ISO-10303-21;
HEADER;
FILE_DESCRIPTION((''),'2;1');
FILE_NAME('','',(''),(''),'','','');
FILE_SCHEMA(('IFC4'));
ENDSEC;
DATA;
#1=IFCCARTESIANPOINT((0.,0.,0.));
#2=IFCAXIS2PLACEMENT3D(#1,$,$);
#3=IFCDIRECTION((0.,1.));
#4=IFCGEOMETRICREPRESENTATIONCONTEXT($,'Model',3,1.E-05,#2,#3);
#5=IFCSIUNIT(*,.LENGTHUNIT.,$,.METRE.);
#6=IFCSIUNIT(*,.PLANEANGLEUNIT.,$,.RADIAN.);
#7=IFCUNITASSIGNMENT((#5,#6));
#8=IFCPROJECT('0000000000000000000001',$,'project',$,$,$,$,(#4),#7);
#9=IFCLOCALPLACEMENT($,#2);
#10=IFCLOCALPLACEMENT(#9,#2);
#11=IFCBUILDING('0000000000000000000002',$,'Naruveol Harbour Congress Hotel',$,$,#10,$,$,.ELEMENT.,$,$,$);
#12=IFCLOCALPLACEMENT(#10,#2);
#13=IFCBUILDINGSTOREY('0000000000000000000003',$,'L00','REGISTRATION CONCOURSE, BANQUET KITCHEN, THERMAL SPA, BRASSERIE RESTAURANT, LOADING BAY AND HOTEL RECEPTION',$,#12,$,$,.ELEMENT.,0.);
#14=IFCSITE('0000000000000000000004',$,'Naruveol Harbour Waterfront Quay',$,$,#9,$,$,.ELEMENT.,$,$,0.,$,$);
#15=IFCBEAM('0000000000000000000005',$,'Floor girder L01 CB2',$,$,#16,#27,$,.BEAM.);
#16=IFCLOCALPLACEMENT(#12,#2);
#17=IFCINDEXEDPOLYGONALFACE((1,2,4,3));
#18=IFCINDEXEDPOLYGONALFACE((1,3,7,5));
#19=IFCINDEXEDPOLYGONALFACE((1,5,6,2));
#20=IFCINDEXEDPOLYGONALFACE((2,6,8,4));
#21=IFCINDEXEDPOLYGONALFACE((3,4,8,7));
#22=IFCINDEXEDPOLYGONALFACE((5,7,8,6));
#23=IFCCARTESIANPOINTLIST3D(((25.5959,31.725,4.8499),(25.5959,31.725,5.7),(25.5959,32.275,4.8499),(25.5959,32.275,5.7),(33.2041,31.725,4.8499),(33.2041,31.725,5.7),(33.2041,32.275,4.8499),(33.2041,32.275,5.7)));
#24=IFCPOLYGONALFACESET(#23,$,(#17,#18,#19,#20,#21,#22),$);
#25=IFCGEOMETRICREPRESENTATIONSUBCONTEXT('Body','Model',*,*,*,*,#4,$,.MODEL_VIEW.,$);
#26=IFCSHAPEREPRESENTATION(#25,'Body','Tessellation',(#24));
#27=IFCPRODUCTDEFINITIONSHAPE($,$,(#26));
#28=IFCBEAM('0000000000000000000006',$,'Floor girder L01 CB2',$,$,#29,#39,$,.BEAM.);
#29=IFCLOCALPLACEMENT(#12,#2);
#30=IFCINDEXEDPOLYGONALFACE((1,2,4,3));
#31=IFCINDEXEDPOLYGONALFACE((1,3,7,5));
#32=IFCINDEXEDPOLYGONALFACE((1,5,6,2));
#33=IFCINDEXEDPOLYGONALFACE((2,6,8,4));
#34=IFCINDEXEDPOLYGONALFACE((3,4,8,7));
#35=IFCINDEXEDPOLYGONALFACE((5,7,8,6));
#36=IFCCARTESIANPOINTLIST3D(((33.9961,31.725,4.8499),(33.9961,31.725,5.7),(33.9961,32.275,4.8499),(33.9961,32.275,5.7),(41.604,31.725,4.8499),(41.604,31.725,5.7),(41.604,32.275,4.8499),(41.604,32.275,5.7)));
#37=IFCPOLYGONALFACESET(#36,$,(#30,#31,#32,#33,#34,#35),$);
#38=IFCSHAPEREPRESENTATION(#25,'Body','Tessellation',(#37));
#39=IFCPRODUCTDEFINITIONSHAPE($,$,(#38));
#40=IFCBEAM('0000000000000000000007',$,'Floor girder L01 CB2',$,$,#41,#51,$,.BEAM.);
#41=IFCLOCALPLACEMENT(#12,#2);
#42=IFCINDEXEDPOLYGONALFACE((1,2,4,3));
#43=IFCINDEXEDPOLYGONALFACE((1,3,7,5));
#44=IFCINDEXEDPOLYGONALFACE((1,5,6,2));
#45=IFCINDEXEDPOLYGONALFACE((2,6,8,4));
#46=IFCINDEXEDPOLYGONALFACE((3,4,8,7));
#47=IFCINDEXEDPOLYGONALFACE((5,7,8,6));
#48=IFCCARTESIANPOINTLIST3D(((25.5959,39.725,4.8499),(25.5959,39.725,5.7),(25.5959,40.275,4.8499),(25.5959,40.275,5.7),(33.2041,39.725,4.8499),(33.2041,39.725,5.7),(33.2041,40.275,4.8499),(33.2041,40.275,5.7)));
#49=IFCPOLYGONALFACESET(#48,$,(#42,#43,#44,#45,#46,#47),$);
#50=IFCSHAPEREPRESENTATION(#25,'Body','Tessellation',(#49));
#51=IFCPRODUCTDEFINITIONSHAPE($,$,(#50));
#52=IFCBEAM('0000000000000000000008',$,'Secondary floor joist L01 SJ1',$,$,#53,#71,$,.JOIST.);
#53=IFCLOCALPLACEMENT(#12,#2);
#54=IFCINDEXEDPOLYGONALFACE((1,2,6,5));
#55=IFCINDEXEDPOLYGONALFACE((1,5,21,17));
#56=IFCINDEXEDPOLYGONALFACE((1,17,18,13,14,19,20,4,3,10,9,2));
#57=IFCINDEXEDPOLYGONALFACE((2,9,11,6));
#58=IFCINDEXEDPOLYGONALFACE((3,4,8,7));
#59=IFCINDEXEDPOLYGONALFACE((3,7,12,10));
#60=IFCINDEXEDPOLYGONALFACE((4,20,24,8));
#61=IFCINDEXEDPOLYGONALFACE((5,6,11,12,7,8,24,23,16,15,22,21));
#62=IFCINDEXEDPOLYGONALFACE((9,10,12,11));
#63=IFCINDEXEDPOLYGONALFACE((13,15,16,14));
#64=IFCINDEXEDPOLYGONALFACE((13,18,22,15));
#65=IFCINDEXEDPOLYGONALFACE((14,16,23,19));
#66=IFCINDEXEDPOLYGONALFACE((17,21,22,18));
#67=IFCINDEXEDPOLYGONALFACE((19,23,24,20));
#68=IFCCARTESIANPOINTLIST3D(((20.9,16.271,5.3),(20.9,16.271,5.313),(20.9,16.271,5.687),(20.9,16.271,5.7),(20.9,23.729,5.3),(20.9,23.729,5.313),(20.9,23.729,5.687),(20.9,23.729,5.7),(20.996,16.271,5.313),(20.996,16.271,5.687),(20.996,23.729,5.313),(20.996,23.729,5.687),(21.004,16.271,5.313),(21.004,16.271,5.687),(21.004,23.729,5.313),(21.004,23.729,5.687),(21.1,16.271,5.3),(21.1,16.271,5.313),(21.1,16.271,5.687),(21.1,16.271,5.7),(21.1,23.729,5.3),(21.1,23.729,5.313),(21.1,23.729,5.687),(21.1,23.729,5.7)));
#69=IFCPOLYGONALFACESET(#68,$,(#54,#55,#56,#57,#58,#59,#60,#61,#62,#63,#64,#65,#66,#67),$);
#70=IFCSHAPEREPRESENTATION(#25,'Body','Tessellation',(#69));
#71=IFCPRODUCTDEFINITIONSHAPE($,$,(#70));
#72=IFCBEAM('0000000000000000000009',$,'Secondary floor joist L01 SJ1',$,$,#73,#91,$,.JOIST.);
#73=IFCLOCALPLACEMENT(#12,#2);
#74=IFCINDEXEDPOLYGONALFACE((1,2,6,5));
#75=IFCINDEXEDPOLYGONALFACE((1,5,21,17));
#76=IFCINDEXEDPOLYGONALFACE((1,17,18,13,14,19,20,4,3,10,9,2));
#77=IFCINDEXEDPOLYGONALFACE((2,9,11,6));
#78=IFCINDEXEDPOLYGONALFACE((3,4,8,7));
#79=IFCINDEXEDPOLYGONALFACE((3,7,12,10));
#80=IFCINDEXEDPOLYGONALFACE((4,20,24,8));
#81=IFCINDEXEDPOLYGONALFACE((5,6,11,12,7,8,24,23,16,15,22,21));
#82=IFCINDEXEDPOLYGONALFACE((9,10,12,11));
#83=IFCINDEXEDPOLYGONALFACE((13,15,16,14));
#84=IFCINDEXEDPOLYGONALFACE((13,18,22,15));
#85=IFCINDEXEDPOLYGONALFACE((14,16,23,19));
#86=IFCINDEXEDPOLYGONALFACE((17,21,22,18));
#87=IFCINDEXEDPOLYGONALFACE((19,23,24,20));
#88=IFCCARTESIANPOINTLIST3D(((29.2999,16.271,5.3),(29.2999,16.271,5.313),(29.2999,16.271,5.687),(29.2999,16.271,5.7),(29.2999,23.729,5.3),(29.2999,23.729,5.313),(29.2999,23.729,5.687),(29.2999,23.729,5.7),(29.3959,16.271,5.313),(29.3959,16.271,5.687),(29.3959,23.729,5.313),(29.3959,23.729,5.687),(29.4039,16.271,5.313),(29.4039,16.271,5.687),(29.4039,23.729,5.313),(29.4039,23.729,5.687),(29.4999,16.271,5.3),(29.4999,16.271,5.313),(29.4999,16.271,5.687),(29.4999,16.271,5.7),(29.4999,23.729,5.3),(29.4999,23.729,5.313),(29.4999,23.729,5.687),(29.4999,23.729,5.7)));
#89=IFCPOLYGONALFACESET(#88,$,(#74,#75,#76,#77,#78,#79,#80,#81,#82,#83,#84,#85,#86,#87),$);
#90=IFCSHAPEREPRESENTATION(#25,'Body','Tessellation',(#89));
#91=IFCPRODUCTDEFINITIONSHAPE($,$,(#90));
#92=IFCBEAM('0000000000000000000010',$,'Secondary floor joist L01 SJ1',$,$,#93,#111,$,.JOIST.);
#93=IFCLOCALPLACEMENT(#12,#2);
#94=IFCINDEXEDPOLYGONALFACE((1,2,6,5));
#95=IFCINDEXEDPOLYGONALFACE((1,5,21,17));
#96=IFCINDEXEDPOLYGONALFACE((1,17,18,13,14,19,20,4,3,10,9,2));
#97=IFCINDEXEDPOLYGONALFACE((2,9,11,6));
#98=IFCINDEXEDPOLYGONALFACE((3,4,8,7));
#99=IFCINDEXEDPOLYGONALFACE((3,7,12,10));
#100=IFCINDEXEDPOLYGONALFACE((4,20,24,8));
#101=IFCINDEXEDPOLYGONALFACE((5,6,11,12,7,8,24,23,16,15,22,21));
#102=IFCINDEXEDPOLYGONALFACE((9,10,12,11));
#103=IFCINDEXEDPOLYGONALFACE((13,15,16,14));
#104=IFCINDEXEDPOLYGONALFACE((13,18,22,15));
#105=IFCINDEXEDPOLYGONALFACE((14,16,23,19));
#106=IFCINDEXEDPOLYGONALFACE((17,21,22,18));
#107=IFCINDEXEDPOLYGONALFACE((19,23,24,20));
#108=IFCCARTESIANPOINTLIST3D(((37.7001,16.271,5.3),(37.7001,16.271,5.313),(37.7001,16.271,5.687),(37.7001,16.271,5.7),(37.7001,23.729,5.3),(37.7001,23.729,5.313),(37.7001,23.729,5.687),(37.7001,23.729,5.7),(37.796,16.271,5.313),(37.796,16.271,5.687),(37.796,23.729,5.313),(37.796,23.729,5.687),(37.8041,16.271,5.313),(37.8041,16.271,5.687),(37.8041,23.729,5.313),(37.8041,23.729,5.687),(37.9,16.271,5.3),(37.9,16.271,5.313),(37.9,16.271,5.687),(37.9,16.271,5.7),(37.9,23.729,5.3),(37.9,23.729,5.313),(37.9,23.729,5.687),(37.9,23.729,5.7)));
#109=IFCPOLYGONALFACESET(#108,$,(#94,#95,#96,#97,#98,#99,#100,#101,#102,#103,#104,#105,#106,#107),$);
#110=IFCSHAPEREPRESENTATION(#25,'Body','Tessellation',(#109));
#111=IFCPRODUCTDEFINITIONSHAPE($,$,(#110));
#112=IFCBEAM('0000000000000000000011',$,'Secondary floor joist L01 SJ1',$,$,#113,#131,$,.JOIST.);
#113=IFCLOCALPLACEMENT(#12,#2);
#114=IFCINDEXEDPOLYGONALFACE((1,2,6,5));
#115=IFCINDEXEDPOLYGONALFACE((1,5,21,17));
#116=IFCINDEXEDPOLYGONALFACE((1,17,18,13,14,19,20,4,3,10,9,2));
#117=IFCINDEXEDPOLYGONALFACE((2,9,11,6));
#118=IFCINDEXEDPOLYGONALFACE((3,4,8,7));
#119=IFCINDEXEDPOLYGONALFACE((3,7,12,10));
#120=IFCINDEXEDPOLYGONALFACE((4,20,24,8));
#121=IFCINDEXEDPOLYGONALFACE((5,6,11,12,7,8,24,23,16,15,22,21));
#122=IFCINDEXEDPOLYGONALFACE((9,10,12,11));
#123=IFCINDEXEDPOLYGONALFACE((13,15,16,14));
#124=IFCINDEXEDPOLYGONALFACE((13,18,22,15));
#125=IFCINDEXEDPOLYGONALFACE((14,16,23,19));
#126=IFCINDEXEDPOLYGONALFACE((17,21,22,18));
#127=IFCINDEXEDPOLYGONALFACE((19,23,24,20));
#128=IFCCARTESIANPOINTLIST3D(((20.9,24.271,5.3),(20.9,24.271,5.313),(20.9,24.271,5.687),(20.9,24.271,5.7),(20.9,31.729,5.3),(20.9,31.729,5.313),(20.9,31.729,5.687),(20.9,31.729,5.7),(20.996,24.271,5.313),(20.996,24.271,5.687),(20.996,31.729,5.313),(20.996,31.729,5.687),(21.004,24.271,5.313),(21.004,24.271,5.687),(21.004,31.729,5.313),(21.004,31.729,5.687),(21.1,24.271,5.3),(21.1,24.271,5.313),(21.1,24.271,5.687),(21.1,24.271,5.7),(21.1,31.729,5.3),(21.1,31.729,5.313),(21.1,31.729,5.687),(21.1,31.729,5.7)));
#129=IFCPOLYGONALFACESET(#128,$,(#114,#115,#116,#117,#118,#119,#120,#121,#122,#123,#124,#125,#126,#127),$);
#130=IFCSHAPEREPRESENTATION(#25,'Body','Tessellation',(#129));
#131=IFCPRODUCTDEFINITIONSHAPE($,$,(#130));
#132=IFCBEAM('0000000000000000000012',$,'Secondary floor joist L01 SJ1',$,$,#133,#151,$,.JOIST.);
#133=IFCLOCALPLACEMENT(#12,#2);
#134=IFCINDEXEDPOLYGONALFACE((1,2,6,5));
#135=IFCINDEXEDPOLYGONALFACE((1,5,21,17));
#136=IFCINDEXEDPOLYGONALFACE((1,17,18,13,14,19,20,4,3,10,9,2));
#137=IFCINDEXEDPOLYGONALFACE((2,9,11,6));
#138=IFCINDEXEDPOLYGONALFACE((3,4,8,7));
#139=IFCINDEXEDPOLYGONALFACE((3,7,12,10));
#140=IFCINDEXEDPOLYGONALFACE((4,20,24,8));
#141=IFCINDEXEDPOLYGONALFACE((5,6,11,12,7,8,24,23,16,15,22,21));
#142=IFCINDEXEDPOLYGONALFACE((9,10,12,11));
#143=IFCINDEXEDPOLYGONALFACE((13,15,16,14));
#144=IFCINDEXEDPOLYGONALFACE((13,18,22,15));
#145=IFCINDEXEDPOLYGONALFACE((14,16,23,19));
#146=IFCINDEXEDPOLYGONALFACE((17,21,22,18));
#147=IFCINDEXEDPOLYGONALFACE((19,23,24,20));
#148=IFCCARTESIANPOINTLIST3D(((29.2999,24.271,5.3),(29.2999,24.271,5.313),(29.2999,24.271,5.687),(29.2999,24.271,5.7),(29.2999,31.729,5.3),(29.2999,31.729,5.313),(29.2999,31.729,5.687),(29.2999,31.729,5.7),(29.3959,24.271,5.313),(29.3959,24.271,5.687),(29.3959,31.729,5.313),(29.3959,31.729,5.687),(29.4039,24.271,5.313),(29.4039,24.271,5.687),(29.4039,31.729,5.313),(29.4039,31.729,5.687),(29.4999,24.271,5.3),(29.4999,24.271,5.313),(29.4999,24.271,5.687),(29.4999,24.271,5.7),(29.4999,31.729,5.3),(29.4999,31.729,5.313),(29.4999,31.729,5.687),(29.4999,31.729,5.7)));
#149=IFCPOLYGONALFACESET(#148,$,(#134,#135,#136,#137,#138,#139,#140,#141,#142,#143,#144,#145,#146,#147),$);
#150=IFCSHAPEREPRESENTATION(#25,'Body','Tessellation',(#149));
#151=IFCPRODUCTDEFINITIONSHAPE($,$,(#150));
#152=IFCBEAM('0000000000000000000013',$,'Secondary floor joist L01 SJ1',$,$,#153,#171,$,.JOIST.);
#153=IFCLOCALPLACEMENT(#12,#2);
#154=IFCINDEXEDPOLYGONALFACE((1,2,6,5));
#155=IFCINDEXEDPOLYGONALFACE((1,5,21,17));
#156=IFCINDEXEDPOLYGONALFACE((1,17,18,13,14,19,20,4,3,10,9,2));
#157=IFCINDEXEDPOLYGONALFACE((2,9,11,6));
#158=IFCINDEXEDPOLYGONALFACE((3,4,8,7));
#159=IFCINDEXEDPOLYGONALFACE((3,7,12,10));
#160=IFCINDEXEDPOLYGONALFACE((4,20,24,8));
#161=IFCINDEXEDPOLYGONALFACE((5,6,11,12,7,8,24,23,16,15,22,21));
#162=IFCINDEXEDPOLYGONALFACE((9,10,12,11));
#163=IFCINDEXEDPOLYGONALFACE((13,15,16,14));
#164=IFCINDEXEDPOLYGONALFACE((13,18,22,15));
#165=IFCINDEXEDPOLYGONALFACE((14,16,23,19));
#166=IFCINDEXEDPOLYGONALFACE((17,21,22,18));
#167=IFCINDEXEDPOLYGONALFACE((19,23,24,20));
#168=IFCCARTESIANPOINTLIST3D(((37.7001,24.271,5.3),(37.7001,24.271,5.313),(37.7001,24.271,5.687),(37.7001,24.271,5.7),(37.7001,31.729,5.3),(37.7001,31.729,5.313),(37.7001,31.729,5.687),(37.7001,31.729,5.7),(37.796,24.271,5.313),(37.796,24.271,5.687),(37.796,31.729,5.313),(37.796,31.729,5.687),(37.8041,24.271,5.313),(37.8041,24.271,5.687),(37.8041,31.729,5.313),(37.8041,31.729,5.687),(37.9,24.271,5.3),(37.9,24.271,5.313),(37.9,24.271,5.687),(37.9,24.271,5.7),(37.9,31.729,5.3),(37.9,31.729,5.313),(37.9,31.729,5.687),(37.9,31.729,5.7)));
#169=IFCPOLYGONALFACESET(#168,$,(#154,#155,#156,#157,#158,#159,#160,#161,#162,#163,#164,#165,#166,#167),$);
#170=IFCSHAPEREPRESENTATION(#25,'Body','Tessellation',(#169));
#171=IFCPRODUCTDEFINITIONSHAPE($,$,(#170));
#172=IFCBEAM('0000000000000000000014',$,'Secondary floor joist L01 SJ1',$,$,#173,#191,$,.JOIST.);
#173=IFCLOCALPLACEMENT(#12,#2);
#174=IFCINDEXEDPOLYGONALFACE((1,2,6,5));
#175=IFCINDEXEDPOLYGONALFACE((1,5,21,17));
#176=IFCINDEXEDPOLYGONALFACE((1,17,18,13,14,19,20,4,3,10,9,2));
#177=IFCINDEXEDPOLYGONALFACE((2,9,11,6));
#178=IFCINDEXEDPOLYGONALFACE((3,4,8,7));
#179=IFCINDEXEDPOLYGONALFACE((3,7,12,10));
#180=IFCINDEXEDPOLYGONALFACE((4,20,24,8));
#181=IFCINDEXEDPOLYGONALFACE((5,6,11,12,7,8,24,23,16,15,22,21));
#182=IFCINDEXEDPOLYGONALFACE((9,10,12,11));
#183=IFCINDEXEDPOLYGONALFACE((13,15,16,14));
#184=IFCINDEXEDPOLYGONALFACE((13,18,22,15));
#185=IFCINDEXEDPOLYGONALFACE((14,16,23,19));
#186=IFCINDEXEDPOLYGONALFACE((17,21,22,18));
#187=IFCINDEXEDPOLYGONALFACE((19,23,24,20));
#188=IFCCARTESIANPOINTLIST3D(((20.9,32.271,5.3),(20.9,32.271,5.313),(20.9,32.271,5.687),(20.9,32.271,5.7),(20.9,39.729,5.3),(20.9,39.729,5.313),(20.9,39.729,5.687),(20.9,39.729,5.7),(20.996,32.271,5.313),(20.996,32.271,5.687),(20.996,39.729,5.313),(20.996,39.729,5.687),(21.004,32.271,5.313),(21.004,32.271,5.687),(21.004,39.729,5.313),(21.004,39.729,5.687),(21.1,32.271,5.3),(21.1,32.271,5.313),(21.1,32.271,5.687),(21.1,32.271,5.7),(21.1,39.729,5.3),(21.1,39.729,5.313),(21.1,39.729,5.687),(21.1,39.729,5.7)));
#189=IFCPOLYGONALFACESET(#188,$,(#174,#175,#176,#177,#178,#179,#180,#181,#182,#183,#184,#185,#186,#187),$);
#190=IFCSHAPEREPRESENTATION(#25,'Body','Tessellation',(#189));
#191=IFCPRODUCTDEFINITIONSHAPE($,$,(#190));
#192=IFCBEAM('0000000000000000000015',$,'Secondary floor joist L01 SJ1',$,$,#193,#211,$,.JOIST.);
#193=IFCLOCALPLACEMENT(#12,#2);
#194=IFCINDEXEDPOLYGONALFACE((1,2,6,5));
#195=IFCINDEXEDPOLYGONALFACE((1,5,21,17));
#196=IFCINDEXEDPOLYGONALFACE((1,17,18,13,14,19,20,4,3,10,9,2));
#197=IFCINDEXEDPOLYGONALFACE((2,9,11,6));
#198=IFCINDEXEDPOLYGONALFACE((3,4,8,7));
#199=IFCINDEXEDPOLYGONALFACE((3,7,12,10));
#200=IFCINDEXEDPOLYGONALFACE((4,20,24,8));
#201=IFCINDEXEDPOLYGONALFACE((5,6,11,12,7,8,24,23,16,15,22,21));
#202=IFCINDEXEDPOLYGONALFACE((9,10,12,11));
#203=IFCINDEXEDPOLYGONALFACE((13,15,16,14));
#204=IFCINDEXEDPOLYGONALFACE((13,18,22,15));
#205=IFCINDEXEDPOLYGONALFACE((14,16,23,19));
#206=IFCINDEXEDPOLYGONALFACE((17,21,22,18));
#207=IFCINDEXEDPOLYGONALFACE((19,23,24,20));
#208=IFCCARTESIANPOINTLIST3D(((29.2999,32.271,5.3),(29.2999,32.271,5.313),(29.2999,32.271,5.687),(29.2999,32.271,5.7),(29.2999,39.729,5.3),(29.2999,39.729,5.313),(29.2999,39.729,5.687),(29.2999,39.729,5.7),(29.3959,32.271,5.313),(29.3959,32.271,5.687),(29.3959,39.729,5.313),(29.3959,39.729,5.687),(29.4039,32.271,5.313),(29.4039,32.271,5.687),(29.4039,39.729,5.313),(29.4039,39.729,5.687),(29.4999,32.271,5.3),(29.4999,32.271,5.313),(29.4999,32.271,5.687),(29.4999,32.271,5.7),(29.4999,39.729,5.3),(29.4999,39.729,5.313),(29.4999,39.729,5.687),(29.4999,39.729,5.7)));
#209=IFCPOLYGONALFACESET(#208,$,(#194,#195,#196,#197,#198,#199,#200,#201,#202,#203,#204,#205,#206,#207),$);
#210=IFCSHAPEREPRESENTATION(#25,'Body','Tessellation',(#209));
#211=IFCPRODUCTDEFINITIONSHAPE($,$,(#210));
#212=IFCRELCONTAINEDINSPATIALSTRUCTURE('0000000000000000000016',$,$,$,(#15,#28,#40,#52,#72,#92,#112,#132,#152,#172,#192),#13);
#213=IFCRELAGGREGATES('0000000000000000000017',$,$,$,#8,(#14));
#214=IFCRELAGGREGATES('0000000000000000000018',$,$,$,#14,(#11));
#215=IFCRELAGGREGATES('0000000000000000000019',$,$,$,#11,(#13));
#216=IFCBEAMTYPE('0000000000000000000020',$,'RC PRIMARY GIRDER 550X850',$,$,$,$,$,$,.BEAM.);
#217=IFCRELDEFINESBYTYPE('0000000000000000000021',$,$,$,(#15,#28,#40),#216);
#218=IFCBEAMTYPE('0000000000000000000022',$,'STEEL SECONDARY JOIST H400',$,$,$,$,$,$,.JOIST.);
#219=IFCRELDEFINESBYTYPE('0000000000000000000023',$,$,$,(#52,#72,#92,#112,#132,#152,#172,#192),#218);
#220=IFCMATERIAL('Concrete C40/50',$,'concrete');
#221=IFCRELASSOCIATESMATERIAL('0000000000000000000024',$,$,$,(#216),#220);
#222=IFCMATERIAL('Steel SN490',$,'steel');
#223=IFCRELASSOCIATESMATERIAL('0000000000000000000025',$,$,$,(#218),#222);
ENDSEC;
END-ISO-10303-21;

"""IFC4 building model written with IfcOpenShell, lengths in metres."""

from ifc_helpers import new_model, si_unit, direction, frame, origin, origin_2d, place, context, subcontext, project, spatial, rectangle, i_section, extrude, material, material_profile, profile_set, type_object, element, save


model = new_model("IFC4")

# Units and contexts
model_context = context("Model", 3, precision=1e-05, world=origin(), true_north=direction((0.0, 1.0)))
body_context = subcontext(model_context, "Body", "Model", "MODEL_VIEW")
ifc_project = project(units=[si_unit("LENGTHUNIT", "METRE"), si_unit("PLANEANGLEUNIT", "RADIAN")], contexts=[model_context])

# Site, building, storey
site_placement = place(None, origin())
site = spatial("IfcSite", under=ifc_project, at=site_placement, Name="Naruveol Harbour Waterfront Quay", CompositionType="ELEMENT", RefElevation=0.0)
building_placement = place(site_placement, origin())
building = spatial("IfcBuilding", under=site, at=building_placement, Name="Naruveol Harbour Congress Hotel", CompositionType="ELEMENT")
storey_placement = place(building_placement, origin())
storey = spatial("IfcBuildingStorey", under=building, at=storey_placement, Name="L00", Description="REGISTRATION CONCOURSE, BANQUET KITCHEN, THERMAL SPA, BRASSERIE RESTAURANT, LOADING BAY AND HOTEL RECEPTION", CompositionType="ELEMENT", Elevation=0.0)

# Beams
ifc_material_1 = material(Name="Concrete C40/50", Category="concrete")
ifc_material_profile_1 = material_profile(ifc_material_1, rectangle(XDim=0.55, YDim=0.8501, at=origin_2d()), Name="RCB-550x850")
ifc_profile_set_1 = profile_set([ifc_material_profile_1], Name="Concrete C40/50")
beam_type_1 = type_object("IfcBeamType", Name="RC PRIMARY GIRDER 550X850", PredefinedType="BEAM", material=ifc_profile_set_1)
beam_1_placement = place(storey_placement, frame((25.5959, 32.0, 5.2749), z_axis=(1.0, 0.0, 0.0), x_axis=(0.0, 1.0, 0.0)))
element("IfcBeam", 1, at=beam_1_placement, inside=storey, type_object=beam_type_1, Name="Floor girder L01 CB2", PredefinedType="BEAM", context=body_context, shape_type="SweptSolid", body=[
    extrude(rectangle(XDim=0.55, YDim=0.8501, at=origin_2d()), origin(), (0.0, 0.0, 1.0), 7.6082),
])
beam_2_placement = place(storey_placement, frame((33.9961, 32.0, 5.2749), z_axis=(1.0, 0.0, 0.0), x_axis=(0.0, 1.0, 0.0)))
element("IfcBeam", 2, at=beam_2_placement, inside=storey, type_object=beam_type_1, Name="Floor girder L01 CB2", PredefinedType="BEAM", context=body_context, shape_type="SweptSolid", body=[
    extrude(rectangle(XDim=0.55, YDim=0.8501, at=origin_2d()), origin(), (0.0, 0.0, 1.0), 7.6079),
])
beam_3_placement = place(storey_placement, frame((25.5959, 40.0, 5.2749), z_axis=(1.0, 0.0, 0.0), x_axis=(0.0, 1.0, 0.0)))
element("IfcBeam", 3, at=beam_3_placement, inside=storey, type_object=beam_type_1, Name="Floor girder L01 CB2", PredefinedType="BEAM", context=body_context, shape_type="SweptSolid", body=[
    extrude(rectangle(XDim=0.55, YDim=0.8501, at=origin_2d()), origin(), (0.0, 0.0, 1.0), 7.6082),
])
ifc_material_2 = material(Name="Steel SN490", Category="steel")
ifc_material_profile_2 = material_profile(ifc_material_2, i_section(OverallWidth=0.2, OverallDepth=0.3999, WebThickness=0.0081, FlangeThickness=0.0129, at=origin_2d()), Name="H-400x200x8x13")
ifc_profile_set_2 = profile_set([ifc_material_profile_2], Name="Steel SN490")
beam_type_2 = type_object("IfcBeamType", Name="STEEL SECONDARY JOIST H400", PredefinedType="JOIST", material=ifc_profile_set_2)
for number, where, z_axis, x_axis, name in (
    (4, (21.0, 16.271, 5.5), (0.0, 1.0, 0.0), (-1.0, 0.0, 0.0), "Secondary floor joist L01 SJ1"),
    (5, (29.3999, 16.271, 5.5), (0.0, 1.0, 0.0), (-1.0, 0.0, 0.0), "Secondary floor joist L01 SJ1"),
    (6, (37.8, 16.271, 5.5), (0.0, 1.0, 0.0), (-1.0, 0.0, 0.0), "Secondary floor joist L01 SJ1"),
    (7, (21.0, 24.271, 5.5), (0.0, 1.0, 0.0), (-1.0, 0.0, 0.0), "Secondary floor joist L01 SJ1"),
    (8, (29.3999, 24.271, 5.5), (0.0, 1.0, 0.0), (-1.0, 0.0, 0.0), "Secondary floor joist L01 SJ1"),
    (9, (37.8, 24.271, 5.5), (0.0, 1.0, 0.0), (-1.0, 0.0, 0.0), "Secondary floor joist L01 SJ1"),
    (10, (21.0, 32.271, 5.5), (0.0, 1.0, 0.0), (-1.0, 0.0, 0.0), "Secondary floor joist L01 SJ1"),
    (11, (29.3999, 32.271, 5.5), (0.0, 1.0, 0.0), (-1.0, 0.0, 0.0), "Secondary floor joist L01 SJ1"),
):
    element("IfcBeam", number, at=place(storey_placement, frame(where, z_axis=z_axis, x_axis=x_axis)), inside=storey, type_object=beam_type_2, Name=name, PredefinedType="JOIST", context=body_context, shape_type="SweptSolid", body=[
        extrude(i_section(OverallWidth=0.2, OverallDepth=0.3999, WebThickness=0.0081, FlangeThickness=0.0129, at=origin_2d()), origin(), (0.0, 0.0, 1.0), 7.458),
    ])

save(model, "model.ifc")
